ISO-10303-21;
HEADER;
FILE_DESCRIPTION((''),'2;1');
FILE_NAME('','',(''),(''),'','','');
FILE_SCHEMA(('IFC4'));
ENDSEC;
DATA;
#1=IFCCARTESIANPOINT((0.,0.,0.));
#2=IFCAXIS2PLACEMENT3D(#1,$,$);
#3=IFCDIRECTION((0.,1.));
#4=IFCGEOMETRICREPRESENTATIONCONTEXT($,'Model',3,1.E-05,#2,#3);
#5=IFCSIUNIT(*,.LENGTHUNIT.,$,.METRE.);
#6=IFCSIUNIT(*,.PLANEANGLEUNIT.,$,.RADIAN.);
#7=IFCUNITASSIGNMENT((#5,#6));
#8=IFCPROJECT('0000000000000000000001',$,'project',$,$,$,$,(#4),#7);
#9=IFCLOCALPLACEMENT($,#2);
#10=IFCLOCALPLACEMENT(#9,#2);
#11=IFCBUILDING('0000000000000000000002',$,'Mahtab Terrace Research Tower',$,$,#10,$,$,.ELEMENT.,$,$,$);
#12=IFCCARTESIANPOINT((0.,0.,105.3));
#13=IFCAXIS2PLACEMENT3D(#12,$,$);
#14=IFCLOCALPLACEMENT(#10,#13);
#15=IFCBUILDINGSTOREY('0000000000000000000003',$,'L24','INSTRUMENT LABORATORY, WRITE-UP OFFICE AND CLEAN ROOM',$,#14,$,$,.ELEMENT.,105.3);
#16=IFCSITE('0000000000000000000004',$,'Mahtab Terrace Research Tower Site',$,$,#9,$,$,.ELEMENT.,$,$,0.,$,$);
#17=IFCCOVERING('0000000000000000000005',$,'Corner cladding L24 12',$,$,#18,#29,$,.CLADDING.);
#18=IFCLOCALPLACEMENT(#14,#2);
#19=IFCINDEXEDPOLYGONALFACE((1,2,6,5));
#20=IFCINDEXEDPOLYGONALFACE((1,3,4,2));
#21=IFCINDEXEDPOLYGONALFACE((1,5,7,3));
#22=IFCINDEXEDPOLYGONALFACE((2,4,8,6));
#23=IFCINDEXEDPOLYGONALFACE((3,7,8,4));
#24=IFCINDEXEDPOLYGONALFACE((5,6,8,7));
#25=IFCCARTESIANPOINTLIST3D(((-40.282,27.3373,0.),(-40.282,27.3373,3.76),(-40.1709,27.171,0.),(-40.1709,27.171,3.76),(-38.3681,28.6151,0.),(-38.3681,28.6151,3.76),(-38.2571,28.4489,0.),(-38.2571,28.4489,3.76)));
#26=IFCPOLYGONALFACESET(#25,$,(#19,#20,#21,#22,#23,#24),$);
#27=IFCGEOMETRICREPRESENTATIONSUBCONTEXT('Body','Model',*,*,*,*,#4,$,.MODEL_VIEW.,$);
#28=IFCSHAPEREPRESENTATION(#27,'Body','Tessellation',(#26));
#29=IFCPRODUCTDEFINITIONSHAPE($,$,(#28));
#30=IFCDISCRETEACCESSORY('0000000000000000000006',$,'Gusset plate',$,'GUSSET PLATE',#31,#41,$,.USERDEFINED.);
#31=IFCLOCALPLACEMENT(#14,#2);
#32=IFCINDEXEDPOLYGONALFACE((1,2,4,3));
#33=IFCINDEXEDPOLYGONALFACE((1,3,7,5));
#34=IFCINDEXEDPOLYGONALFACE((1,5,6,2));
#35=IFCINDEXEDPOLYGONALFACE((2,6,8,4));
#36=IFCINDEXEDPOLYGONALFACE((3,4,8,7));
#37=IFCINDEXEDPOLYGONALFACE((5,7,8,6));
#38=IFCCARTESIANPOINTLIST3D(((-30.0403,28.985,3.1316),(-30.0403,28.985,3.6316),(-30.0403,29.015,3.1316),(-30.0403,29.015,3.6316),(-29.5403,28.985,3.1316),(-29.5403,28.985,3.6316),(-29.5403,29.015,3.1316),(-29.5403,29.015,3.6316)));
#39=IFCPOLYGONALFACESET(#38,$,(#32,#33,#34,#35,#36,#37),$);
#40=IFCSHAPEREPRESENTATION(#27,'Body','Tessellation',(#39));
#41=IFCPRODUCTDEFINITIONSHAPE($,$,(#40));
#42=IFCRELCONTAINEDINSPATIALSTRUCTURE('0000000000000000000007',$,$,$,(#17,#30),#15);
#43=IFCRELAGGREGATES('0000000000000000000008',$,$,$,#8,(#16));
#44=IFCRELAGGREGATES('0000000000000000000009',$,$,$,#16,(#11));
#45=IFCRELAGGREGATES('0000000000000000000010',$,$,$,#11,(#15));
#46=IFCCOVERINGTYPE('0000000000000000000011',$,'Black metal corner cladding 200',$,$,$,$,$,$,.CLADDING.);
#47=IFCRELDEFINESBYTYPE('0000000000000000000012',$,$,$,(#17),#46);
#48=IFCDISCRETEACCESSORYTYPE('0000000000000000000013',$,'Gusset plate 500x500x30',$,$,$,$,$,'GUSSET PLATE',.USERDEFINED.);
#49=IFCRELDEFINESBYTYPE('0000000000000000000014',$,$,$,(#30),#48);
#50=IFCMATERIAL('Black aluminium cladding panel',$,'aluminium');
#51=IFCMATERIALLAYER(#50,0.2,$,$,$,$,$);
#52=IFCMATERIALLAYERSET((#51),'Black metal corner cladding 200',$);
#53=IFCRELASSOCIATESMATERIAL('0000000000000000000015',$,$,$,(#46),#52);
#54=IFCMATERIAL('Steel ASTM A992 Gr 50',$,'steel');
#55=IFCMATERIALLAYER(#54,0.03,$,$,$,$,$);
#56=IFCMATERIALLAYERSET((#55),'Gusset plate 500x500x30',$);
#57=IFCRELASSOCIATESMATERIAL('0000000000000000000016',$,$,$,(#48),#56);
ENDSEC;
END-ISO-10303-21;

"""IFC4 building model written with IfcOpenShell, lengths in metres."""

from ifc_helpers import new_model, si_unit, direction, frame, origin, origin_2d, place, context, subcontext, project, spatial, rectangle, extrude, material, layer, layer_set, type_object, element, save


model = new_model("IFC4")

# Units and contexts
model_context = context("Model", 3, precision=1e-05, world=origin(), true_north=direction((0.0, 1.0)))
body_context = subcontext(model_context, "Body", "Model", "MODEL_VIEW")
ifc_project = project(units=[si_unit("LENGTHUNIT", "METRE"), si_unit("PLANEANGLEUNIT", "RADIAN")], contexts=[model_context])

# Site, building, storey
site_placement = place(None, origin())
site = spatial("IfcSite", under=ifc_project, at=site_placement, Name="Mahtab Terrace Research Tower Site", CompositionType="ELEMENT", RefElevation=0.0)
building_placement = place(site_placement, origin())
building = spatial("IfcBuilding", under=site, at=building_placement, Name="Mahtab Terrace Research Tower", CompositionType="ELEMENT")
storey_placement = place(building_placement, frame((0.0, 0.0, 105.3)))
storey = spatial("IfcBuildingStorey", under=building, at=storey_placement, Name="L24", Description="INSTRUMENT LABORATORY, WRITE-UP OFFICE AND CLEAN ROOM", CompositionType="ELEMENT", Elevation=105.3)

# Shared definitions
ifc_material_1 = material(Name="Steel ASTM A992 Gr 50", Category="steel")

# Shared definitions
ifc_material_2 = material(Name="Black aluminium cladding panel", Category="aluminium")

# Covering
ifc_layer_1 = layer(ifc_material_2, 0.2)
ifc_layer_set_1 = layer_set([ifc_layer_1], Name="Black metal corner cladding 200")
covering_type = type_object("IfcCoveringType", Name="Black metal corner cladding 200", PredefinedType="CLADDING", material=ifc_layer_set_1)
for number, where, z_axis, x_axis, name in (
    (1, (-39.2695, 27.8931, 0.0), (0.0, 0.0, 1.0), (-0.831656, -0.555291, 0.0), "Corner cladding L24 12"),
):
    element("IfcCovering", number, at=place(storey_placement, frame(where, z_axis=z_axis, x_axis=x_axis)), inside=storey, type_object=covering_type, Name=name, PredefinedType="CLADDING", context=body_context, shape_type="SweptSolid", body=[
        extrude(rectangle(XDim=2.3013, YDim=0.2, at=origin_2d()), origin(), (0.0, 0.0, 1.0), 3.76),
    ])

# Discrete accessory
ifc_layer_2 = layer(ifc_material_1, 0.03)
ifc_layer_set_2 = layer_set([ifc_layer_2], Name="Gusset plate 500x500x30")
discrete_accessory_type = type_object("IfcDiscreteAccessoryType", Name="Gusset plate 500x500x30", ElementType="GUSSET PLATE", PredefinedType="USERDEFINED", material=ifc_layer_set_2)
discrete_accessory_placement = place(storey_placement, frame((-29.7903, 29.0, 3.1316), z_axis=(0.0, 0.0, 1.0), x_axis=(1.0, 0.0, 0.0)))
element("IfcDiscreteAccessory", 2, at=discrete_accessory_placement, inside=storey, type_object=discrete_accessory_type, Name="Gusset plate", ObjectType="GUSSET PLATE", PredefinedType="USERDEFINED", context=body_context, shape_type="SweptSolid", body=[
    extrude(rectangle(XDim=0.5, YDim=0.03, at=origin_2d()), origin(), (0.0, 0.0, 1.0), 0.5),
])

save(model, "model.ifc")
